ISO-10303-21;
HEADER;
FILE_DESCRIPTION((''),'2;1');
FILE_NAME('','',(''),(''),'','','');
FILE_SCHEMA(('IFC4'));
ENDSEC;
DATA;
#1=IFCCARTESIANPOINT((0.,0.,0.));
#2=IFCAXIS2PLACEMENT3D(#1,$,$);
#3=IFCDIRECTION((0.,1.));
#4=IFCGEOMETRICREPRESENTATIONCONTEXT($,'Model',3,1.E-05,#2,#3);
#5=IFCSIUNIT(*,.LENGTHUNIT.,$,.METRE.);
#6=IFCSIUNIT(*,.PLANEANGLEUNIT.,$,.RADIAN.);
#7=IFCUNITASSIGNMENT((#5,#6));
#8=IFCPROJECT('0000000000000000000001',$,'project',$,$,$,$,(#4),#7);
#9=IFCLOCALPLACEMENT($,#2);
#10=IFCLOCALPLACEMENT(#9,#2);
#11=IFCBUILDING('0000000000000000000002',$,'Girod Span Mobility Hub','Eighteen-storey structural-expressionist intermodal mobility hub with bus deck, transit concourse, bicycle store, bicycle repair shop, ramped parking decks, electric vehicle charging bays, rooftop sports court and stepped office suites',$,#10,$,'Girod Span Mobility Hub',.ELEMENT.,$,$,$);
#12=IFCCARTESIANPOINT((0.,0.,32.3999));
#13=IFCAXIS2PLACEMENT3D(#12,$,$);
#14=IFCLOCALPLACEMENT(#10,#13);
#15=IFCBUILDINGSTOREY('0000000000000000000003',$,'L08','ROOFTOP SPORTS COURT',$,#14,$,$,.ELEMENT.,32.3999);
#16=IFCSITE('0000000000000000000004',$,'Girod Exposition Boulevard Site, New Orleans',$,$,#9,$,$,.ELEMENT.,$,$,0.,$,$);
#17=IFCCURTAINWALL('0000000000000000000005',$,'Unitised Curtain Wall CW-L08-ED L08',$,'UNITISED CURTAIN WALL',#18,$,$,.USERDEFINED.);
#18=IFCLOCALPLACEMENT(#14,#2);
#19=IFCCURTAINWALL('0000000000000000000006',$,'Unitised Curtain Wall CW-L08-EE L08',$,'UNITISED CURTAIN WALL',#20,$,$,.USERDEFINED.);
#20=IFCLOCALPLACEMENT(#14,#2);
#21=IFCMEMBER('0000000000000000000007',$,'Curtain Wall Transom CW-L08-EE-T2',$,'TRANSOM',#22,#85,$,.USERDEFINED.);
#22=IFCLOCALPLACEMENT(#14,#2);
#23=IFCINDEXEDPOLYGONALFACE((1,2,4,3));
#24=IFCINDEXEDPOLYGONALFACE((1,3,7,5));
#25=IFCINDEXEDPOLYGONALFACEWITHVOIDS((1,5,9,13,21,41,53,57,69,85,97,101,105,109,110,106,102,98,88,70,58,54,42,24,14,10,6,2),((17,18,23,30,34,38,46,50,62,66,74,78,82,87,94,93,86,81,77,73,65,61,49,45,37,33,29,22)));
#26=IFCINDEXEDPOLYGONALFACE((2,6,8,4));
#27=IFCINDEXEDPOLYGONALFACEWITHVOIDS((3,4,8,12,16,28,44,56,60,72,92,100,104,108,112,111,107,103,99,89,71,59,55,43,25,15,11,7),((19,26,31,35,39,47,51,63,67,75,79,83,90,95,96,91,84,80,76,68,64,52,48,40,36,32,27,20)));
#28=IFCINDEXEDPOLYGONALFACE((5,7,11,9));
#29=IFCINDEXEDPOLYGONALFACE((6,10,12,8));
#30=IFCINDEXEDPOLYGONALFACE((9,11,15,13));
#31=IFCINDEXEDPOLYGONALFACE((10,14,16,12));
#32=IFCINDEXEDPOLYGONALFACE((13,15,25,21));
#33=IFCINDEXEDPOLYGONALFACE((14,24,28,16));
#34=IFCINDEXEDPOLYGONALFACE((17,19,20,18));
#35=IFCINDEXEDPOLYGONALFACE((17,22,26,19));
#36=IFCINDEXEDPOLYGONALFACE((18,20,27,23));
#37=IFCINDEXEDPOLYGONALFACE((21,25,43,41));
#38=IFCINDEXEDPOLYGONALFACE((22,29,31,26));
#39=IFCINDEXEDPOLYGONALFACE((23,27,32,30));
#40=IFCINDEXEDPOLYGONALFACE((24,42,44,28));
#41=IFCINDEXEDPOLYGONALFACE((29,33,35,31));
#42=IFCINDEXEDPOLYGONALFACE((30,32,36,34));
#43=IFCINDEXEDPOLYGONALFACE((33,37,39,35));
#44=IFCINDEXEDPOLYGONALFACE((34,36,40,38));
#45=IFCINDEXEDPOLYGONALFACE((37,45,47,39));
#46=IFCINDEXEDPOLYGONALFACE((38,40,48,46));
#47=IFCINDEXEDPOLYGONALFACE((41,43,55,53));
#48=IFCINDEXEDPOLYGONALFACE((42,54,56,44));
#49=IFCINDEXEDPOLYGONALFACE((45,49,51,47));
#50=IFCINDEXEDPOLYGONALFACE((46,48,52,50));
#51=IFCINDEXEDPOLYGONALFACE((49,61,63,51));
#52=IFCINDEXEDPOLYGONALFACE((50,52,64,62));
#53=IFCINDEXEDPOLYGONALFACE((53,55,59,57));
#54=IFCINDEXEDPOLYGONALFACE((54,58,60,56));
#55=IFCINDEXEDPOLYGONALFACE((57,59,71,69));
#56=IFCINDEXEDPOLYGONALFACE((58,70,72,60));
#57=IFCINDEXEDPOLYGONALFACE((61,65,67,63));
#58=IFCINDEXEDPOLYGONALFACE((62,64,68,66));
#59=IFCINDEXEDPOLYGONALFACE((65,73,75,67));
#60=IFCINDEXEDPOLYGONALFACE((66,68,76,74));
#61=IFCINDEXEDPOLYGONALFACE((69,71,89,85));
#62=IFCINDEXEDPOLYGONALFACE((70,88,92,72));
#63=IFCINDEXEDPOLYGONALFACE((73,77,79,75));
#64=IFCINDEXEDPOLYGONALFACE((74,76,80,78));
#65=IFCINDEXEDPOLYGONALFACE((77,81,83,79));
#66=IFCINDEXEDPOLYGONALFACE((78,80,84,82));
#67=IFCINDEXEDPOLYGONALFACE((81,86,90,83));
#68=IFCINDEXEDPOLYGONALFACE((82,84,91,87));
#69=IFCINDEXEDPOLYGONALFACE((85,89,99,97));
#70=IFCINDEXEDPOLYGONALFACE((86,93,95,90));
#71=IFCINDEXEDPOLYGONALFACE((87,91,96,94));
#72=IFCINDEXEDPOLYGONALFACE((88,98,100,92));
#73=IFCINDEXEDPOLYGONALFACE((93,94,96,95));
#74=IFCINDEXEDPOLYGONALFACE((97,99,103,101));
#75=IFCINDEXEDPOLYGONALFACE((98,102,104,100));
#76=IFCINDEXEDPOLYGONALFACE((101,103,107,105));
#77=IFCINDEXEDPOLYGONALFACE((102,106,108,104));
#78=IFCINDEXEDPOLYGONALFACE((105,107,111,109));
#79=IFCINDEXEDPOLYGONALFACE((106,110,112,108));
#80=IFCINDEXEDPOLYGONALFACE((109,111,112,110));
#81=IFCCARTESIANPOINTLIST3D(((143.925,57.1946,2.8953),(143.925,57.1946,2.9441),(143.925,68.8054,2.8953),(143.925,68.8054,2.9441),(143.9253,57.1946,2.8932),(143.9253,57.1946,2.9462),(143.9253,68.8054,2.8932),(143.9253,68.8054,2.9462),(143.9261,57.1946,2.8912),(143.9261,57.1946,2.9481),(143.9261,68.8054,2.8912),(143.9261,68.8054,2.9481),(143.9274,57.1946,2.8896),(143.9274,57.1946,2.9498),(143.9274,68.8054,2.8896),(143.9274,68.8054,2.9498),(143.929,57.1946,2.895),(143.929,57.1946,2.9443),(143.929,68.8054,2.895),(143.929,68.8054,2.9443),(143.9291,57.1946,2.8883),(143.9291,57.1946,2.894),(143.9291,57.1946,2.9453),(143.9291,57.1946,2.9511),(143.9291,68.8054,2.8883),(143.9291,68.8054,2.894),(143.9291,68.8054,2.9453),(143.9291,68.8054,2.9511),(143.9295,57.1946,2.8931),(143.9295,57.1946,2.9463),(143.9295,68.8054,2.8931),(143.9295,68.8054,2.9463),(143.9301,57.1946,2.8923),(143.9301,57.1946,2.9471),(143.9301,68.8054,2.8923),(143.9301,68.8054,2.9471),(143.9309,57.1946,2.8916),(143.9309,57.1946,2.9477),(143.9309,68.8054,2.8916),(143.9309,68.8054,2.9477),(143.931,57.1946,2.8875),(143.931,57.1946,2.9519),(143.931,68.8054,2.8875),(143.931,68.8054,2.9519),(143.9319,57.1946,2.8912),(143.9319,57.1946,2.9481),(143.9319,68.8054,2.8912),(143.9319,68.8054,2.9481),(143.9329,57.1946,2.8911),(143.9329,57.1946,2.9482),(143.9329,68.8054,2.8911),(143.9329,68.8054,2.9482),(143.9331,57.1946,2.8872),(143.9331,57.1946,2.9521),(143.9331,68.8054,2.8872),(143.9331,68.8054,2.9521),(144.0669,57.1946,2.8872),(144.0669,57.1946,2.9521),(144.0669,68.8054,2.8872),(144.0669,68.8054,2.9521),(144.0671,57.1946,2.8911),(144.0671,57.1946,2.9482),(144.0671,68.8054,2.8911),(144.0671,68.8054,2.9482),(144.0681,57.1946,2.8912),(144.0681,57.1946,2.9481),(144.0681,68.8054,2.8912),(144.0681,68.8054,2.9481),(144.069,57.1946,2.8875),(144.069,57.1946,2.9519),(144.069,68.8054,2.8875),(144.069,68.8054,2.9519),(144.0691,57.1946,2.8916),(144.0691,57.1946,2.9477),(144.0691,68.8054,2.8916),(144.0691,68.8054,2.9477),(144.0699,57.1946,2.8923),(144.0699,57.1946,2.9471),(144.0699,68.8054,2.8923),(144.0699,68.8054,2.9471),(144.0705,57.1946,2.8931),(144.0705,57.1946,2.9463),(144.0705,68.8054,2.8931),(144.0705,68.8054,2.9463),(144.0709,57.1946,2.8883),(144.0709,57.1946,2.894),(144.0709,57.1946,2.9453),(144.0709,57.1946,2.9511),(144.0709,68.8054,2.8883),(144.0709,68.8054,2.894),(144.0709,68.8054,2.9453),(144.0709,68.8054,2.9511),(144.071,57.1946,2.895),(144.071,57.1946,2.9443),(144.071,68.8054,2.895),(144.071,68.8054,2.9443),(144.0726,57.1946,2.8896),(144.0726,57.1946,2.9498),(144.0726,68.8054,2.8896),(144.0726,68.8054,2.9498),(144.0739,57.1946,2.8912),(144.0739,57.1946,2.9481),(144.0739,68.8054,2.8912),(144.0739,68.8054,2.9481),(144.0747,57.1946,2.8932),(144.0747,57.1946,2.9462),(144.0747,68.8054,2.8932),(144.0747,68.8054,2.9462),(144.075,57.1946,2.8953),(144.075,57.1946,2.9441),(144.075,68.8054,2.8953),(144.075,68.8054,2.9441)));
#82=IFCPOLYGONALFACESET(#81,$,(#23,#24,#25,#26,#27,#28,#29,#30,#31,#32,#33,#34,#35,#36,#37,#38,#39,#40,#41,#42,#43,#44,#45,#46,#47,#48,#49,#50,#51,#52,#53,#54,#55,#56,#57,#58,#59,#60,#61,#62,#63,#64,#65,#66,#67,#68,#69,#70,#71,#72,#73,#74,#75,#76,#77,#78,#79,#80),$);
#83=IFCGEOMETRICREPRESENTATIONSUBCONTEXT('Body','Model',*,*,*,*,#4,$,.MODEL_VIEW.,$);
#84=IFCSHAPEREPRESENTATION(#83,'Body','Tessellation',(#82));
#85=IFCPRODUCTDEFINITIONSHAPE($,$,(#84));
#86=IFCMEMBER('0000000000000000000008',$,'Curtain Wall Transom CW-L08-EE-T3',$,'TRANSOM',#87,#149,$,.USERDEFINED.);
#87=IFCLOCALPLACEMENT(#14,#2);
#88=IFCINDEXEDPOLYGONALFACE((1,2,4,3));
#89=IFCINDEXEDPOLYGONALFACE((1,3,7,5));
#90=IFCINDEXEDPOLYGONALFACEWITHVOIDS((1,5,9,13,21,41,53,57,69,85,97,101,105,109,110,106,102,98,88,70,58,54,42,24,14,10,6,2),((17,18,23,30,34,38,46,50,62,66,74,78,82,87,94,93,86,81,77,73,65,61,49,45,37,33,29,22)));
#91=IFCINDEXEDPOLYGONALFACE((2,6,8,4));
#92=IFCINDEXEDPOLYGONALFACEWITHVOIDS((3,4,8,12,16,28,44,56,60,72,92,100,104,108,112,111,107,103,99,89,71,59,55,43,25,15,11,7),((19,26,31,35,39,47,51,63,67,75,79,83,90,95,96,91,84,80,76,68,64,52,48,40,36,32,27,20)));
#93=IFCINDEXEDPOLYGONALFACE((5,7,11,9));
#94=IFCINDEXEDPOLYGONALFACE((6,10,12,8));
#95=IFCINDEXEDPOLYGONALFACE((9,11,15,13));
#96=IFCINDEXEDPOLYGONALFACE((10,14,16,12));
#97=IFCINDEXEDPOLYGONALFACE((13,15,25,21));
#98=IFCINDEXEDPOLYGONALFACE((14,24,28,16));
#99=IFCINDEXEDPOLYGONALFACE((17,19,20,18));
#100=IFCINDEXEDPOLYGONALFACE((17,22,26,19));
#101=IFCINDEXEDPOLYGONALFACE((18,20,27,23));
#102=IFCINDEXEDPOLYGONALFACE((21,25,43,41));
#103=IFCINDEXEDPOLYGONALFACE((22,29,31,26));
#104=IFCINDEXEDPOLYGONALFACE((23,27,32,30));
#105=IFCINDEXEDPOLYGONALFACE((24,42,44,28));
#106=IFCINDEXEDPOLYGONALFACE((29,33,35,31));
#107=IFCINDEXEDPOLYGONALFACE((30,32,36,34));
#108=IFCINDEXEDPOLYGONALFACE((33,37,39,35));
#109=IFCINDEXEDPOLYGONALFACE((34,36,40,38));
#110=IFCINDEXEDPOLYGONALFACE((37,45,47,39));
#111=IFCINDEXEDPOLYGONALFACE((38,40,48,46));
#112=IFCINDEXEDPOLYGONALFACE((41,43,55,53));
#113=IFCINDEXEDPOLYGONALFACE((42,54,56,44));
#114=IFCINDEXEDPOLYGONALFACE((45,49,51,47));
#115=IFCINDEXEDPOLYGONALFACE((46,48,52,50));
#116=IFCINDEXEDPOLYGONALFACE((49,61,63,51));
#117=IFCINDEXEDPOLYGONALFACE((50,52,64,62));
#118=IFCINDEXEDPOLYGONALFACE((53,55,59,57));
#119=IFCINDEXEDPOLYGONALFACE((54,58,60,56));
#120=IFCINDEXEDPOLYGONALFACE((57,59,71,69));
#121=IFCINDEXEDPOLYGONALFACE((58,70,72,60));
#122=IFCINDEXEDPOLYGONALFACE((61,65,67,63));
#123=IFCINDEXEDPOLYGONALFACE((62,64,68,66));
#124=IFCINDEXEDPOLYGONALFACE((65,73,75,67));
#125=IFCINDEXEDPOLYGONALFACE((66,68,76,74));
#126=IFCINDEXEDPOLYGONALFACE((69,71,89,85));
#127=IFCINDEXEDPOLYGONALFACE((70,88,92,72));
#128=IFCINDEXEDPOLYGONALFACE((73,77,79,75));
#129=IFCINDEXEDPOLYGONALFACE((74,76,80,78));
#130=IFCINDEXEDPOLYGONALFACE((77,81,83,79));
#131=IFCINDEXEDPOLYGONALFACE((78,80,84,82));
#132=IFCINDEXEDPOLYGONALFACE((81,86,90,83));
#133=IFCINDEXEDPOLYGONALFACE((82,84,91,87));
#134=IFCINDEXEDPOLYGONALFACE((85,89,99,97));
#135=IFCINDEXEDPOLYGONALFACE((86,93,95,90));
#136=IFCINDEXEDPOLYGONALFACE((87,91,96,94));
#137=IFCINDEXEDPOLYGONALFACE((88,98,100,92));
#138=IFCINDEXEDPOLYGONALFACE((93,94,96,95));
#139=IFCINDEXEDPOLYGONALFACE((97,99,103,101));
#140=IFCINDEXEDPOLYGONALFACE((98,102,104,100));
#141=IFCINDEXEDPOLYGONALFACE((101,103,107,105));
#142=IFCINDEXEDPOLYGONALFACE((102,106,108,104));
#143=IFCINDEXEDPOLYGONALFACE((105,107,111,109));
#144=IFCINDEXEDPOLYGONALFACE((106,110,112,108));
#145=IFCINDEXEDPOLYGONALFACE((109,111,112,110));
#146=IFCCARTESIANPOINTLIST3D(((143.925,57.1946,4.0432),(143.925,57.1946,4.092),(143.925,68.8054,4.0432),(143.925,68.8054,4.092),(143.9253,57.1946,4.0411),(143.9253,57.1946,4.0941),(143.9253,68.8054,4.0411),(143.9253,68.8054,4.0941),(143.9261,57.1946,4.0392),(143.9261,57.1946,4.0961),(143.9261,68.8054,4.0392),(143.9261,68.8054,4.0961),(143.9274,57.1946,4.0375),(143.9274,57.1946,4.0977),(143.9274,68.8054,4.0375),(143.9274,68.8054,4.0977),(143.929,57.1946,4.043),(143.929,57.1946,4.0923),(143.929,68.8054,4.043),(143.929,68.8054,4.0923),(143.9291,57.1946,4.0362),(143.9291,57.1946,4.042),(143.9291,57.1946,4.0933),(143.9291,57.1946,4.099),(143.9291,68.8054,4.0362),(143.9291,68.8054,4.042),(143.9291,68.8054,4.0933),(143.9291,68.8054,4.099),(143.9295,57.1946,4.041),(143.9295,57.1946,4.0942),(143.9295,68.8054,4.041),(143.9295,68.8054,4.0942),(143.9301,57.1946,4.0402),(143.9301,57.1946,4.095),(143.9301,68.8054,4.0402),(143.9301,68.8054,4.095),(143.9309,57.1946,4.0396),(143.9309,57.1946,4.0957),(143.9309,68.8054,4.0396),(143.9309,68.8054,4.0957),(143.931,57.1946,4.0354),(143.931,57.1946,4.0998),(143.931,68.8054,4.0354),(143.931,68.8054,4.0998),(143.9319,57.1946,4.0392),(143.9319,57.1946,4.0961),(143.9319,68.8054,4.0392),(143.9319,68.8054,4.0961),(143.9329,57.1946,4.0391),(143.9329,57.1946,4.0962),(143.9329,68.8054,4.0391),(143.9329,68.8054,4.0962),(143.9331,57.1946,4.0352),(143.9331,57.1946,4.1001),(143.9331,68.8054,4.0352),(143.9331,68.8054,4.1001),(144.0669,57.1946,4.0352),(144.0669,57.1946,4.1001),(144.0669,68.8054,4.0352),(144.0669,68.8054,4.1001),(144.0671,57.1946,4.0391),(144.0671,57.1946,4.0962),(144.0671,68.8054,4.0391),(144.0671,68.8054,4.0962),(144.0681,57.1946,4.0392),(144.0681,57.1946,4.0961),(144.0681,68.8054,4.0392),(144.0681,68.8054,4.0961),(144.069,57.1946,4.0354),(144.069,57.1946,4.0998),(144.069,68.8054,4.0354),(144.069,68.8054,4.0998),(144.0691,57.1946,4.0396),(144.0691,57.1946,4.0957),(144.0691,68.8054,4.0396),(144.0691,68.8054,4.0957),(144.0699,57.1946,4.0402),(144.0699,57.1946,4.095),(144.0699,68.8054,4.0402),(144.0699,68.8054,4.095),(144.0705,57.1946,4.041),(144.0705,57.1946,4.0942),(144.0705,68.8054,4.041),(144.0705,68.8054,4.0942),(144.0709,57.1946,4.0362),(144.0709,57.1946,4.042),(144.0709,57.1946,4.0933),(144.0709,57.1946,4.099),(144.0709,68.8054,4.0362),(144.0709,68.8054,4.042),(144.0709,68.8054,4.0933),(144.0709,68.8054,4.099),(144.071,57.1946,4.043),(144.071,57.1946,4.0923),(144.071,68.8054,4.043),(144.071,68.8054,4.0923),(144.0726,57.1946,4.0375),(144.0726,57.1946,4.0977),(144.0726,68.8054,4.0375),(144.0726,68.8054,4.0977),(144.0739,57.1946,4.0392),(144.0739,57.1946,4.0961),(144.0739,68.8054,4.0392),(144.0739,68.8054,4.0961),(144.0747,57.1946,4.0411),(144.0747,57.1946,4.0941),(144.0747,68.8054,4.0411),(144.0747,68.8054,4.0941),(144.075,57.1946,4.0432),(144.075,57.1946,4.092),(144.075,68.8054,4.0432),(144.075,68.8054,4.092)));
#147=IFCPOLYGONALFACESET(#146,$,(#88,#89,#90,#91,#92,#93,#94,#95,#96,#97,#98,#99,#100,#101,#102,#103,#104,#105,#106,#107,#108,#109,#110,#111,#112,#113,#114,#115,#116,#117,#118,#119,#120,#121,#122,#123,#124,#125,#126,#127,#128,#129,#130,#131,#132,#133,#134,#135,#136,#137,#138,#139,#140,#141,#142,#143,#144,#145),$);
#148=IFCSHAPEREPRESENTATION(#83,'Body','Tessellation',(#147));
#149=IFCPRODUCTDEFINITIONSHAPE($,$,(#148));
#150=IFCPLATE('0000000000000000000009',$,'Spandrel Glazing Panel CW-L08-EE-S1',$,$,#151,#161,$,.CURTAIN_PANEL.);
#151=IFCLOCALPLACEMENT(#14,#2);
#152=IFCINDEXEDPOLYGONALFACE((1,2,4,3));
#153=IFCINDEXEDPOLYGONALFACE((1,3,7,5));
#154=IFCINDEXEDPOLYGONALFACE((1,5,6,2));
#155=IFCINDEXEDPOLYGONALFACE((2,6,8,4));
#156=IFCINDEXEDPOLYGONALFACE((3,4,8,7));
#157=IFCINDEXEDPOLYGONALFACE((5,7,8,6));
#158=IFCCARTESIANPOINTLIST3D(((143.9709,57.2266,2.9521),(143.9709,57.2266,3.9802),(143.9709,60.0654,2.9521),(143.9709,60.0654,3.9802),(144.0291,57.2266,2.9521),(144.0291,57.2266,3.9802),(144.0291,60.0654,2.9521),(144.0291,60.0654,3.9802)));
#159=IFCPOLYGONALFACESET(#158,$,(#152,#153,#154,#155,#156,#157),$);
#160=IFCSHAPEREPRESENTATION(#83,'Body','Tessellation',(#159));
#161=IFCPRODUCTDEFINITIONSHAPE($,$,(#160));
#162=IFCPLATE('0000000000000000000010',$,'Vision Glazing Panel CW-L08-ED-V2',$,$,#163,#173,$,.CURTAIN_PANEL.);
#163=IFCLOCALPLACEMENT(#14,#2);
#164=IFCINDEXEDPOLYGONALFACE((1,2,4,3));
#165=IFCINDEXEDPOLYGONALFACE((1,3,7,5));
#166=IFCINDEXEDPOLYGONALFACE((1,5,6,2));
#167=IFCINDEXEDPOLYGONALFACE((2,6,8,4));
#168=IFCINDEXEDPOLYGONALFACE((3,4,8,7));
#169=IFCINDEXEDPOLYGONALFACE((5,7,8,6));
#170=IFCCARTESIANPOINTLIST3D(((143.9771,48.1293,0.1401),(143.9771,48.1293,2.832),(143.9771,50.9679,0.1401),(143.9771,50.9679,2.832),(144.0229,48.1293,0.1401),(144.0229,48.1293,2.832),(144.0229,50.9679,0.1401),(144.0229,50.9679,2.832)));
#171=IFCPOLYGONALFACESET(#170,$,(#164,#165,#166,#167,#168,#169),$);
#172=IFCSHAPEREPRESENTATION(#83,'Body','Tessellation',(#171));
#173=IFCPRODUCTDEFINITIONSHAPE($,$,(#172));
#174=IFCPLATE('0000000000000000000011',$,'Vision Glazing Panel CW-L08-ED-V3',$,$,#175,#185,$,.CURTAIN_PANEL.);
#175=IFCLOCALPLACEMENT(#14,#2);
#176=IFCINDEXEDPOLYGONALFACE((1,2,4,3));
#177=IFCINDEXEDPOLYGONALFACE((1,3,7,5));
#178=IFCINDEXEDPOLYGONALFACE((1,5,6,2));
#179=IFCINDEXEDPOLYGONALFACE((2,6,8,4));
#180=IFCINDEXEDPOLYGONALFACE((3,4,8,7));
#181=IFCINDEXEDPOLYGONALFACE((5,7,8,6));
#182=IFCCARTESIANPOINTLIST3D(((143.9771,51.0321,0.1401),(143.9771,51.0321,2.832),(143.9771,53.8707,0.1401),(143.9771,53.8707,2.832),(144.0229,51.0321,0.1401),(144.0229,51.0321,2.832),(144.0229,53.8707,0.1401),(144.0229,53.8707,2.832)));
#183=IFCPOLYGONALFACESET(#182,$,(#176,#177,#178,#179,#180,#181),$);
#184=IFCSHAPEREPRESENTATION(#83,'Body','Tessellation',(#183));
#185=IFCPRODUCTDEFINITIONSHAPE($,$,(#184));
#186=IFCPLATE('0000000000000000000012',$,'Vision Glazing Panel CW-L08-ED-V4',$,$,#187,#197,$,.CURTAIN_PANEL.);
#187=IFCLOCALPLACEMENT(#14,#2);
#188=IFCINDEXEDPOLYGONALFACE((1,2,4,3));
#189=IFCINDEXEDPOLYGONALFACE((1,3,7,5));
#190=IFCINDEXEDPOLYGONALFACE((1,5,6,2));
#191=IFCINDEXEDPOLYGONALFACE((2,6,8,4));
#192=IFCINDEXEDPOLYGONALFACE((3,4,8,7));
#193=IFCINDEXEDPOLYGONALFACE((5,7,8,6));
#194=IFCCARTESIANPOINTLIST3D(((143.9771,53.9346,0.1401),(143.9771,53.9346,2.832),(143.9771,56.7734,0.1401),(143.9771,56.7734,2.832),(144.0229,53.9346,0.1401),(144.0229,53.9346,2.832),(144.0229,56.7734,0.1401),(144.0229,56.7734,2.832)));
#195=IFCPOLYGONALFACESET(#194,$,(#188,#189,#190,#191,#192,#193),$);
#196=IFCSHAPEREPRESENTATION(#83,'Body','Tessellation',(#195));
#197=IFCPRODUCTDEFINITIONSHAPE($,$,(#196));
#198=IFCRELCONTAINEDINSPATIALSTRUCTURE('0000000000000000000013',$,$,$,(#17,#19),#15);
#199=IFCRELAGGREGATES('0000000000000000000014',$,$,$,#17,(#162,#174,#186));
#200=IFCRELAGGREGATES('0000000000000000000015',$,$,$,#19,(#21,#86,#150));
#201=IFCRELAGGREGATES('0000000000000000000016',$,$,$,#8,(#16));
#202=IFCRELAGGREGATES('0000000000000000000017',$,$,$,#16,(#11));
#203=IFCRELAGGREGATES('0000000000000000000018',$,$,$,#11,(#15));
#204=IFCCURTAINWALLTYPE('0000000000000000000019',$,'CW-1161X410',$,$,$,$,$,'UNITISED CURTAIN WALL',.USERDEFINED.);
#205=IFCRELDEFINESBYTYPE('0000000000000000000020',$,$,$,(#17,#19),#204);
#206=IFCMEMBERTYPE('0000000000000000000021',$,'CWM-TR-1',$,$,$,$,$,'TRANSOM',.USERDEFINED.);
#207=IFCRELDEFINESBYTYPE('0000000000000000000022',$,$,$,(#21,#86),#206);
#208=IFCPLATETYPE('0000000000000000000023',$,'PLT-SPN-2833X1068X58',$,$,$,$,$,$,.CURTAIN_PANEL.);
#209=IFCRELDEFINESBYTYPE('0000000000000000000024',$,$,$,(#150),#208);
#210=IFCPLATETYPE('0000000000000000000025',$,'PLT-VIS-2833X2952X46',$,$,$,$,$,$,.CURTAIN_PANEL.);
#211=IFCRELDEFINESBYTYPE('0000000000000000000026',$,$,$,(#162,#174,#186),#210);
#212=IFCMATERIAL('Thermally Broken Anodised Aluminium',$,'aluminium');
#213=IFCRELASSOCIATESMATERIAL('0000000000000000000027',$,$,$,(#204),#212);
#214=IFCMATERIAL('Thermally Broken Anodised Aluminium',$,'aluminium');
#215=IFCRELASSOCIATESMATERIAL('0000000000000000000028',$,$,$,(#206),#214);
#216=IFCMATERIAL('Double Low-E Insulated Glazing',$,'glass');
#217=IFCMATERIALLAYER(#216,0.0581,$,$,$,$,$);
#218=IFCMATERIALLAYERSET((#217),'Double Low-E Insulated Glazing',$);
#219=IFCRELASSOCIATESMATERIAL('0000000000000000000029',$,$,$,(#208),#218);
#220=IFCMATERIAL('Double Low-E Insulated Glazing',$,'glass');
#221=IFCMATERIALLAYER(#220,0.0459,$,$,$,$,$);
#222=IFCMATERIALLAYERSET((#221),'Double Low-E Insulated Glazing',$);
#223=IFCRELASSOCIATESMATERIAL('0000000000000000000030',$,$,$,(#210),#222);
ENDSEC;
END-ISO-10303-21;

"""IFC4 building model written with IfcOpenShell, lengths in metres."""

from ifc_helpers import new_model, si_unit, direction, frame, origin, origin_2d, place, context, subcontext, project, spatial, rectangle, hollow_rectangle, extrude, material, layer, layer_set, material_profile, profile_set, type_object, element, aggregate, save


model = new_model("IFC4")

# Units and contexts
model_context = context("Model", 3, precision=1e-05, world=origin(), true_north=direction((0.0, 1.0)))
body_context = subcontext(model_context, "Body", "Model", "MODEL_VIEW")
ifc_project = project(units=[si_unit("LENGTHUNIT", "METRE"), si_unit("PLANEANGLEUNIT", "RADIAN")], contexts=[model_context])

# Site, building, storey
site_placement = place(None, origin())
site = spatial("IfcSite", under=ifc_project, at=site_placement, Name="Girod Exposition Boulevard Site, New Orleans", CompositionType="ELEMENT", RefElevation=0.0)
building_placement = place(site_placement, origin())
building = spatial("IfcBuilding", under=site, at=building_placement, Name="Girod Span Mobility Hub", Description="Eighteen-storey structural-expressionist intermodal mobility hub with bus deck, transit concourse, bicycle store, bicycle repair shop, ramped parking decks, electric vehicle charging bays, rooftop sports court and stepped office suites", LongName="Girod Span Mobility Hub", CompositionType="ELEMENT")
storey_placement = place(building_placement, frame((0.0, 0.0, 32.3999)))
storey = spatial("IfcBuildingStorey", under=building, at=storey_placement, Name="L08", Description="ROOFTOP SPORTS COURT", CompositionType="ELEMENT", Elevation=32.3999)

# Curtain wall
ifc_material_1 = material(Name="Thermally Broken Anodised Aluminium", Category="aluminium")
curtain_wall_type = type_object("IfcCurtainWallType", Name="CW-1161X410", ElementType="UNITISED CURTAIN WALL", PredefinedType="USERDEFINED", material=ifc_material_1)
curtain_wall_1_placement = place(storey_placement, origin())
curtain_wall_1 = element("IfcCurtainWall", 1, at=curtain_wall_1_placement, inside=storey, type_object=curtain_wall_type, Name="Unitised Curtain Wall CW-L08-ED L08", ObjectType="UNITISED CURTAIN WALL", PredefinedType="USERDEFINED")

# Curtain wall, members, plate
curtain_wall_2_placement = place(storey_placement, origin())
curtain_wall_2 = element("IfcCurtainWall", 2, at=curtain_wall_2_placement, inside=storey, type_object=curtain_wall_type, Name="Unitised Curtain Wall CW-L08-EE L08", ObjectType="UNITISED CURTAIN WALL", PredefinedType="USERDEFINED")
ifc_material_2 = material(Name="Thermally Broken Anodised Aluminium", Category="aluminium")
ifc_material_profile_1 = material_profile(ifc_material_2, hollow_rectangle(XDim=0.1499, YDim=0.0649, WallThickness=0.0039, InnerFilletRadius=0.0039, OuterFilletRadius=0.0081, at=origin_2d()), Name="CW-TR-65X150")
ifc_profile_set_1 = profile_set([ifc_material_profile_1], Name="Thermally Broken Anodised Aluminium")
member_type_1 = type_object("IfcMemberType", Name="CWM-TR-1", ElementType="TRANSOM", PredefinedType="USERDEFINED", material=ifc_profile_set_1)
member_1_placement = place(storey_placement, frame((144.0, 57.1946, 2.9197), z_axis=(0.0, 1.0, 0.0), x_axis=(-1.0, 0.0, 0.0)))
member_1 = element("IfcMember", 3, at=member_1_placement, type_object=member_type_1, Name="Curtain Wall Transom CW-L08-EE-T2", ObjectType="TRANSOM", PredefinedType="USERDEFINED", context=body_context, shape_type="SweptSolid", body=[
    extrude(hollow_rectangle(XDim=0.1499, YDim=0.0649, WallThickness=0.0039, InnerFilletRadius=0.0039, OuterFilletRadius=0.0081, at=origin_2d()), origin(), (0.0, 0.0, 1.0), 11.6108),
])
member_2_placement = place(storey_placement, frame((144.0, 57.1946, 4.0676), z_axis=(0.0, 1.0, 0.0), x_axis=(-1.0, 0.0, 0.0)))
member_2 = element("IfcMember", 4, at=member_2_placement, type_object=member_type_1, Name="Curtain Wall Transom CW-L08-EE-T3", ObjectType="TRANSOM", PredefinedType="USERDEFINED", context=body_context, shape_type="SweptSolid", body=[
    extrude(hollow_rectangle(XDim=0.1499, YDim=0.0649, WallThickness=0.0039, InnerFilletRadius=0.0039, OuterFilletRadius=0.0081, at=origin_2d()), origin(), (0.0, 0.0, 1.0), 11.6108),
])
ifc_material_3 = material(Name="Double Low-E Insulated Glazing", Category="glass")
ifc_layer_1 = layer(ifc_material_3, 0.0581)
ifc_layer_set_1 = layer_set([ifc_layer_1], Name="Double Low-E Insulated Glazing")
plate_type_1 = type_object("IfcPlateType", Name="PLT-SPN-2833X1068X58", PredefinedType="CURTAIN_PANEL", material=ifc_layer_set_1)
plate_1_placement = place(storey_placement, frame((144.0, 58.646, 2.9521), z_axis=(0.0, 0.0, 1.0), x_axis=(0.0, 1.0, 0.0)))
plate_1 = element("IfcPlate", 5, at=plate_1_placement, type_object=plate_type_1, Name="Spandrel Glazing Panel CW-L08-EE-S1", PredefinedType="CURTAIN_PANEL", context=body_context, shape_type="SweptSolid", body=[
    extrude(rectangle(XDim=2.8389, YDim=0.0581, at=origin_2d()), origin(), (0.0, 0.0, 1.0), 1.0281),
])

# Plates
ifc_material_4 = material(Name="Double Low-E Insulated Glazing", Category="glass")
ifc_layer_2 = layer(ifc_material_4, 0.0459)
ifc_layer_set_2 = layer_set([ifc_layer_2], Name="Double Low-E Insulated Glazing")
plate_type_2 = type_object("IfcPlateType", Name="PLT-VIS-2833X2952X46", PredefinedType="CURTAIN_PANEL", material=ifc_layer_set_2)
plate_2_placement = place(storey_placement, frame((144.0, 49.5486, 0.1401), z_axis=(0.0, 0.0, 1.0), x_axis=(0.0, 1.0, 0.0)))
plate_2 = element("IfcPlate", 6, at=plate_2_placement, type_object=plate_type_2, Name="Vision Glazing Panel CW-L08-ED-V2", PredefinedType="CURTAIN_PANEL", context=body_context, shape_type="SweptSolid", body=[
    extrude(rectangle(XDim=2.8386, YDim=0.0459, at=origin_2d()), origin(), (0.0, 0.0, 1.0), 2.6919),
])
plate_3_placement = place(storey_placement, frame((144.0, 52.4514, 0.1401), z_axis=(0.0, 0.0, 1.0), x_axis=(0.0, 1.0, 0.0)))
plate_3 = element("IfcPlate", 7, at=plate_3_placement, type_object=plate_type_2, Name="Vision Glazing Panel CW-L08-ED-V3", PredefinedType="CURTAIN_PANEL", context=body_context, shape_type="SweptSolid", body=[
    extrude(rectangle(XDim=2.8386, YDim=0.0459, at=origin_2d()), origin(), (0.0, 0.0, 1.0), 2.6919),
])
plate_4_placement = place(storey_placement, frame((144.0, 55.354, 0.1401), z_axis=(0.0, 0.0, 1.0), x_axis=(0.0, 1.0, 0.0)))
plate_4 = element("IfcPlate", 8, at=plate_4_placement, type_object=plate_type_2, Name="Vision Glazing Panel CW-L08-ED-V4", PredefinedType="CURTAIN_PANEL", context=body_context, shape_type="SweptSolid", body=[
    extrude(rectangle(XDim=2.8389, YDim=0.0459, at=origin_2d()), origin(), (0.0, 0.0, 1.0), 2.6919),
])
aggregate(curtain_wall_1, [plate_2, plate_3, plate_4])
aggregate(curtain_wall_2, [member_1, member_2, plate_1])

save(model, "model.ifc")
